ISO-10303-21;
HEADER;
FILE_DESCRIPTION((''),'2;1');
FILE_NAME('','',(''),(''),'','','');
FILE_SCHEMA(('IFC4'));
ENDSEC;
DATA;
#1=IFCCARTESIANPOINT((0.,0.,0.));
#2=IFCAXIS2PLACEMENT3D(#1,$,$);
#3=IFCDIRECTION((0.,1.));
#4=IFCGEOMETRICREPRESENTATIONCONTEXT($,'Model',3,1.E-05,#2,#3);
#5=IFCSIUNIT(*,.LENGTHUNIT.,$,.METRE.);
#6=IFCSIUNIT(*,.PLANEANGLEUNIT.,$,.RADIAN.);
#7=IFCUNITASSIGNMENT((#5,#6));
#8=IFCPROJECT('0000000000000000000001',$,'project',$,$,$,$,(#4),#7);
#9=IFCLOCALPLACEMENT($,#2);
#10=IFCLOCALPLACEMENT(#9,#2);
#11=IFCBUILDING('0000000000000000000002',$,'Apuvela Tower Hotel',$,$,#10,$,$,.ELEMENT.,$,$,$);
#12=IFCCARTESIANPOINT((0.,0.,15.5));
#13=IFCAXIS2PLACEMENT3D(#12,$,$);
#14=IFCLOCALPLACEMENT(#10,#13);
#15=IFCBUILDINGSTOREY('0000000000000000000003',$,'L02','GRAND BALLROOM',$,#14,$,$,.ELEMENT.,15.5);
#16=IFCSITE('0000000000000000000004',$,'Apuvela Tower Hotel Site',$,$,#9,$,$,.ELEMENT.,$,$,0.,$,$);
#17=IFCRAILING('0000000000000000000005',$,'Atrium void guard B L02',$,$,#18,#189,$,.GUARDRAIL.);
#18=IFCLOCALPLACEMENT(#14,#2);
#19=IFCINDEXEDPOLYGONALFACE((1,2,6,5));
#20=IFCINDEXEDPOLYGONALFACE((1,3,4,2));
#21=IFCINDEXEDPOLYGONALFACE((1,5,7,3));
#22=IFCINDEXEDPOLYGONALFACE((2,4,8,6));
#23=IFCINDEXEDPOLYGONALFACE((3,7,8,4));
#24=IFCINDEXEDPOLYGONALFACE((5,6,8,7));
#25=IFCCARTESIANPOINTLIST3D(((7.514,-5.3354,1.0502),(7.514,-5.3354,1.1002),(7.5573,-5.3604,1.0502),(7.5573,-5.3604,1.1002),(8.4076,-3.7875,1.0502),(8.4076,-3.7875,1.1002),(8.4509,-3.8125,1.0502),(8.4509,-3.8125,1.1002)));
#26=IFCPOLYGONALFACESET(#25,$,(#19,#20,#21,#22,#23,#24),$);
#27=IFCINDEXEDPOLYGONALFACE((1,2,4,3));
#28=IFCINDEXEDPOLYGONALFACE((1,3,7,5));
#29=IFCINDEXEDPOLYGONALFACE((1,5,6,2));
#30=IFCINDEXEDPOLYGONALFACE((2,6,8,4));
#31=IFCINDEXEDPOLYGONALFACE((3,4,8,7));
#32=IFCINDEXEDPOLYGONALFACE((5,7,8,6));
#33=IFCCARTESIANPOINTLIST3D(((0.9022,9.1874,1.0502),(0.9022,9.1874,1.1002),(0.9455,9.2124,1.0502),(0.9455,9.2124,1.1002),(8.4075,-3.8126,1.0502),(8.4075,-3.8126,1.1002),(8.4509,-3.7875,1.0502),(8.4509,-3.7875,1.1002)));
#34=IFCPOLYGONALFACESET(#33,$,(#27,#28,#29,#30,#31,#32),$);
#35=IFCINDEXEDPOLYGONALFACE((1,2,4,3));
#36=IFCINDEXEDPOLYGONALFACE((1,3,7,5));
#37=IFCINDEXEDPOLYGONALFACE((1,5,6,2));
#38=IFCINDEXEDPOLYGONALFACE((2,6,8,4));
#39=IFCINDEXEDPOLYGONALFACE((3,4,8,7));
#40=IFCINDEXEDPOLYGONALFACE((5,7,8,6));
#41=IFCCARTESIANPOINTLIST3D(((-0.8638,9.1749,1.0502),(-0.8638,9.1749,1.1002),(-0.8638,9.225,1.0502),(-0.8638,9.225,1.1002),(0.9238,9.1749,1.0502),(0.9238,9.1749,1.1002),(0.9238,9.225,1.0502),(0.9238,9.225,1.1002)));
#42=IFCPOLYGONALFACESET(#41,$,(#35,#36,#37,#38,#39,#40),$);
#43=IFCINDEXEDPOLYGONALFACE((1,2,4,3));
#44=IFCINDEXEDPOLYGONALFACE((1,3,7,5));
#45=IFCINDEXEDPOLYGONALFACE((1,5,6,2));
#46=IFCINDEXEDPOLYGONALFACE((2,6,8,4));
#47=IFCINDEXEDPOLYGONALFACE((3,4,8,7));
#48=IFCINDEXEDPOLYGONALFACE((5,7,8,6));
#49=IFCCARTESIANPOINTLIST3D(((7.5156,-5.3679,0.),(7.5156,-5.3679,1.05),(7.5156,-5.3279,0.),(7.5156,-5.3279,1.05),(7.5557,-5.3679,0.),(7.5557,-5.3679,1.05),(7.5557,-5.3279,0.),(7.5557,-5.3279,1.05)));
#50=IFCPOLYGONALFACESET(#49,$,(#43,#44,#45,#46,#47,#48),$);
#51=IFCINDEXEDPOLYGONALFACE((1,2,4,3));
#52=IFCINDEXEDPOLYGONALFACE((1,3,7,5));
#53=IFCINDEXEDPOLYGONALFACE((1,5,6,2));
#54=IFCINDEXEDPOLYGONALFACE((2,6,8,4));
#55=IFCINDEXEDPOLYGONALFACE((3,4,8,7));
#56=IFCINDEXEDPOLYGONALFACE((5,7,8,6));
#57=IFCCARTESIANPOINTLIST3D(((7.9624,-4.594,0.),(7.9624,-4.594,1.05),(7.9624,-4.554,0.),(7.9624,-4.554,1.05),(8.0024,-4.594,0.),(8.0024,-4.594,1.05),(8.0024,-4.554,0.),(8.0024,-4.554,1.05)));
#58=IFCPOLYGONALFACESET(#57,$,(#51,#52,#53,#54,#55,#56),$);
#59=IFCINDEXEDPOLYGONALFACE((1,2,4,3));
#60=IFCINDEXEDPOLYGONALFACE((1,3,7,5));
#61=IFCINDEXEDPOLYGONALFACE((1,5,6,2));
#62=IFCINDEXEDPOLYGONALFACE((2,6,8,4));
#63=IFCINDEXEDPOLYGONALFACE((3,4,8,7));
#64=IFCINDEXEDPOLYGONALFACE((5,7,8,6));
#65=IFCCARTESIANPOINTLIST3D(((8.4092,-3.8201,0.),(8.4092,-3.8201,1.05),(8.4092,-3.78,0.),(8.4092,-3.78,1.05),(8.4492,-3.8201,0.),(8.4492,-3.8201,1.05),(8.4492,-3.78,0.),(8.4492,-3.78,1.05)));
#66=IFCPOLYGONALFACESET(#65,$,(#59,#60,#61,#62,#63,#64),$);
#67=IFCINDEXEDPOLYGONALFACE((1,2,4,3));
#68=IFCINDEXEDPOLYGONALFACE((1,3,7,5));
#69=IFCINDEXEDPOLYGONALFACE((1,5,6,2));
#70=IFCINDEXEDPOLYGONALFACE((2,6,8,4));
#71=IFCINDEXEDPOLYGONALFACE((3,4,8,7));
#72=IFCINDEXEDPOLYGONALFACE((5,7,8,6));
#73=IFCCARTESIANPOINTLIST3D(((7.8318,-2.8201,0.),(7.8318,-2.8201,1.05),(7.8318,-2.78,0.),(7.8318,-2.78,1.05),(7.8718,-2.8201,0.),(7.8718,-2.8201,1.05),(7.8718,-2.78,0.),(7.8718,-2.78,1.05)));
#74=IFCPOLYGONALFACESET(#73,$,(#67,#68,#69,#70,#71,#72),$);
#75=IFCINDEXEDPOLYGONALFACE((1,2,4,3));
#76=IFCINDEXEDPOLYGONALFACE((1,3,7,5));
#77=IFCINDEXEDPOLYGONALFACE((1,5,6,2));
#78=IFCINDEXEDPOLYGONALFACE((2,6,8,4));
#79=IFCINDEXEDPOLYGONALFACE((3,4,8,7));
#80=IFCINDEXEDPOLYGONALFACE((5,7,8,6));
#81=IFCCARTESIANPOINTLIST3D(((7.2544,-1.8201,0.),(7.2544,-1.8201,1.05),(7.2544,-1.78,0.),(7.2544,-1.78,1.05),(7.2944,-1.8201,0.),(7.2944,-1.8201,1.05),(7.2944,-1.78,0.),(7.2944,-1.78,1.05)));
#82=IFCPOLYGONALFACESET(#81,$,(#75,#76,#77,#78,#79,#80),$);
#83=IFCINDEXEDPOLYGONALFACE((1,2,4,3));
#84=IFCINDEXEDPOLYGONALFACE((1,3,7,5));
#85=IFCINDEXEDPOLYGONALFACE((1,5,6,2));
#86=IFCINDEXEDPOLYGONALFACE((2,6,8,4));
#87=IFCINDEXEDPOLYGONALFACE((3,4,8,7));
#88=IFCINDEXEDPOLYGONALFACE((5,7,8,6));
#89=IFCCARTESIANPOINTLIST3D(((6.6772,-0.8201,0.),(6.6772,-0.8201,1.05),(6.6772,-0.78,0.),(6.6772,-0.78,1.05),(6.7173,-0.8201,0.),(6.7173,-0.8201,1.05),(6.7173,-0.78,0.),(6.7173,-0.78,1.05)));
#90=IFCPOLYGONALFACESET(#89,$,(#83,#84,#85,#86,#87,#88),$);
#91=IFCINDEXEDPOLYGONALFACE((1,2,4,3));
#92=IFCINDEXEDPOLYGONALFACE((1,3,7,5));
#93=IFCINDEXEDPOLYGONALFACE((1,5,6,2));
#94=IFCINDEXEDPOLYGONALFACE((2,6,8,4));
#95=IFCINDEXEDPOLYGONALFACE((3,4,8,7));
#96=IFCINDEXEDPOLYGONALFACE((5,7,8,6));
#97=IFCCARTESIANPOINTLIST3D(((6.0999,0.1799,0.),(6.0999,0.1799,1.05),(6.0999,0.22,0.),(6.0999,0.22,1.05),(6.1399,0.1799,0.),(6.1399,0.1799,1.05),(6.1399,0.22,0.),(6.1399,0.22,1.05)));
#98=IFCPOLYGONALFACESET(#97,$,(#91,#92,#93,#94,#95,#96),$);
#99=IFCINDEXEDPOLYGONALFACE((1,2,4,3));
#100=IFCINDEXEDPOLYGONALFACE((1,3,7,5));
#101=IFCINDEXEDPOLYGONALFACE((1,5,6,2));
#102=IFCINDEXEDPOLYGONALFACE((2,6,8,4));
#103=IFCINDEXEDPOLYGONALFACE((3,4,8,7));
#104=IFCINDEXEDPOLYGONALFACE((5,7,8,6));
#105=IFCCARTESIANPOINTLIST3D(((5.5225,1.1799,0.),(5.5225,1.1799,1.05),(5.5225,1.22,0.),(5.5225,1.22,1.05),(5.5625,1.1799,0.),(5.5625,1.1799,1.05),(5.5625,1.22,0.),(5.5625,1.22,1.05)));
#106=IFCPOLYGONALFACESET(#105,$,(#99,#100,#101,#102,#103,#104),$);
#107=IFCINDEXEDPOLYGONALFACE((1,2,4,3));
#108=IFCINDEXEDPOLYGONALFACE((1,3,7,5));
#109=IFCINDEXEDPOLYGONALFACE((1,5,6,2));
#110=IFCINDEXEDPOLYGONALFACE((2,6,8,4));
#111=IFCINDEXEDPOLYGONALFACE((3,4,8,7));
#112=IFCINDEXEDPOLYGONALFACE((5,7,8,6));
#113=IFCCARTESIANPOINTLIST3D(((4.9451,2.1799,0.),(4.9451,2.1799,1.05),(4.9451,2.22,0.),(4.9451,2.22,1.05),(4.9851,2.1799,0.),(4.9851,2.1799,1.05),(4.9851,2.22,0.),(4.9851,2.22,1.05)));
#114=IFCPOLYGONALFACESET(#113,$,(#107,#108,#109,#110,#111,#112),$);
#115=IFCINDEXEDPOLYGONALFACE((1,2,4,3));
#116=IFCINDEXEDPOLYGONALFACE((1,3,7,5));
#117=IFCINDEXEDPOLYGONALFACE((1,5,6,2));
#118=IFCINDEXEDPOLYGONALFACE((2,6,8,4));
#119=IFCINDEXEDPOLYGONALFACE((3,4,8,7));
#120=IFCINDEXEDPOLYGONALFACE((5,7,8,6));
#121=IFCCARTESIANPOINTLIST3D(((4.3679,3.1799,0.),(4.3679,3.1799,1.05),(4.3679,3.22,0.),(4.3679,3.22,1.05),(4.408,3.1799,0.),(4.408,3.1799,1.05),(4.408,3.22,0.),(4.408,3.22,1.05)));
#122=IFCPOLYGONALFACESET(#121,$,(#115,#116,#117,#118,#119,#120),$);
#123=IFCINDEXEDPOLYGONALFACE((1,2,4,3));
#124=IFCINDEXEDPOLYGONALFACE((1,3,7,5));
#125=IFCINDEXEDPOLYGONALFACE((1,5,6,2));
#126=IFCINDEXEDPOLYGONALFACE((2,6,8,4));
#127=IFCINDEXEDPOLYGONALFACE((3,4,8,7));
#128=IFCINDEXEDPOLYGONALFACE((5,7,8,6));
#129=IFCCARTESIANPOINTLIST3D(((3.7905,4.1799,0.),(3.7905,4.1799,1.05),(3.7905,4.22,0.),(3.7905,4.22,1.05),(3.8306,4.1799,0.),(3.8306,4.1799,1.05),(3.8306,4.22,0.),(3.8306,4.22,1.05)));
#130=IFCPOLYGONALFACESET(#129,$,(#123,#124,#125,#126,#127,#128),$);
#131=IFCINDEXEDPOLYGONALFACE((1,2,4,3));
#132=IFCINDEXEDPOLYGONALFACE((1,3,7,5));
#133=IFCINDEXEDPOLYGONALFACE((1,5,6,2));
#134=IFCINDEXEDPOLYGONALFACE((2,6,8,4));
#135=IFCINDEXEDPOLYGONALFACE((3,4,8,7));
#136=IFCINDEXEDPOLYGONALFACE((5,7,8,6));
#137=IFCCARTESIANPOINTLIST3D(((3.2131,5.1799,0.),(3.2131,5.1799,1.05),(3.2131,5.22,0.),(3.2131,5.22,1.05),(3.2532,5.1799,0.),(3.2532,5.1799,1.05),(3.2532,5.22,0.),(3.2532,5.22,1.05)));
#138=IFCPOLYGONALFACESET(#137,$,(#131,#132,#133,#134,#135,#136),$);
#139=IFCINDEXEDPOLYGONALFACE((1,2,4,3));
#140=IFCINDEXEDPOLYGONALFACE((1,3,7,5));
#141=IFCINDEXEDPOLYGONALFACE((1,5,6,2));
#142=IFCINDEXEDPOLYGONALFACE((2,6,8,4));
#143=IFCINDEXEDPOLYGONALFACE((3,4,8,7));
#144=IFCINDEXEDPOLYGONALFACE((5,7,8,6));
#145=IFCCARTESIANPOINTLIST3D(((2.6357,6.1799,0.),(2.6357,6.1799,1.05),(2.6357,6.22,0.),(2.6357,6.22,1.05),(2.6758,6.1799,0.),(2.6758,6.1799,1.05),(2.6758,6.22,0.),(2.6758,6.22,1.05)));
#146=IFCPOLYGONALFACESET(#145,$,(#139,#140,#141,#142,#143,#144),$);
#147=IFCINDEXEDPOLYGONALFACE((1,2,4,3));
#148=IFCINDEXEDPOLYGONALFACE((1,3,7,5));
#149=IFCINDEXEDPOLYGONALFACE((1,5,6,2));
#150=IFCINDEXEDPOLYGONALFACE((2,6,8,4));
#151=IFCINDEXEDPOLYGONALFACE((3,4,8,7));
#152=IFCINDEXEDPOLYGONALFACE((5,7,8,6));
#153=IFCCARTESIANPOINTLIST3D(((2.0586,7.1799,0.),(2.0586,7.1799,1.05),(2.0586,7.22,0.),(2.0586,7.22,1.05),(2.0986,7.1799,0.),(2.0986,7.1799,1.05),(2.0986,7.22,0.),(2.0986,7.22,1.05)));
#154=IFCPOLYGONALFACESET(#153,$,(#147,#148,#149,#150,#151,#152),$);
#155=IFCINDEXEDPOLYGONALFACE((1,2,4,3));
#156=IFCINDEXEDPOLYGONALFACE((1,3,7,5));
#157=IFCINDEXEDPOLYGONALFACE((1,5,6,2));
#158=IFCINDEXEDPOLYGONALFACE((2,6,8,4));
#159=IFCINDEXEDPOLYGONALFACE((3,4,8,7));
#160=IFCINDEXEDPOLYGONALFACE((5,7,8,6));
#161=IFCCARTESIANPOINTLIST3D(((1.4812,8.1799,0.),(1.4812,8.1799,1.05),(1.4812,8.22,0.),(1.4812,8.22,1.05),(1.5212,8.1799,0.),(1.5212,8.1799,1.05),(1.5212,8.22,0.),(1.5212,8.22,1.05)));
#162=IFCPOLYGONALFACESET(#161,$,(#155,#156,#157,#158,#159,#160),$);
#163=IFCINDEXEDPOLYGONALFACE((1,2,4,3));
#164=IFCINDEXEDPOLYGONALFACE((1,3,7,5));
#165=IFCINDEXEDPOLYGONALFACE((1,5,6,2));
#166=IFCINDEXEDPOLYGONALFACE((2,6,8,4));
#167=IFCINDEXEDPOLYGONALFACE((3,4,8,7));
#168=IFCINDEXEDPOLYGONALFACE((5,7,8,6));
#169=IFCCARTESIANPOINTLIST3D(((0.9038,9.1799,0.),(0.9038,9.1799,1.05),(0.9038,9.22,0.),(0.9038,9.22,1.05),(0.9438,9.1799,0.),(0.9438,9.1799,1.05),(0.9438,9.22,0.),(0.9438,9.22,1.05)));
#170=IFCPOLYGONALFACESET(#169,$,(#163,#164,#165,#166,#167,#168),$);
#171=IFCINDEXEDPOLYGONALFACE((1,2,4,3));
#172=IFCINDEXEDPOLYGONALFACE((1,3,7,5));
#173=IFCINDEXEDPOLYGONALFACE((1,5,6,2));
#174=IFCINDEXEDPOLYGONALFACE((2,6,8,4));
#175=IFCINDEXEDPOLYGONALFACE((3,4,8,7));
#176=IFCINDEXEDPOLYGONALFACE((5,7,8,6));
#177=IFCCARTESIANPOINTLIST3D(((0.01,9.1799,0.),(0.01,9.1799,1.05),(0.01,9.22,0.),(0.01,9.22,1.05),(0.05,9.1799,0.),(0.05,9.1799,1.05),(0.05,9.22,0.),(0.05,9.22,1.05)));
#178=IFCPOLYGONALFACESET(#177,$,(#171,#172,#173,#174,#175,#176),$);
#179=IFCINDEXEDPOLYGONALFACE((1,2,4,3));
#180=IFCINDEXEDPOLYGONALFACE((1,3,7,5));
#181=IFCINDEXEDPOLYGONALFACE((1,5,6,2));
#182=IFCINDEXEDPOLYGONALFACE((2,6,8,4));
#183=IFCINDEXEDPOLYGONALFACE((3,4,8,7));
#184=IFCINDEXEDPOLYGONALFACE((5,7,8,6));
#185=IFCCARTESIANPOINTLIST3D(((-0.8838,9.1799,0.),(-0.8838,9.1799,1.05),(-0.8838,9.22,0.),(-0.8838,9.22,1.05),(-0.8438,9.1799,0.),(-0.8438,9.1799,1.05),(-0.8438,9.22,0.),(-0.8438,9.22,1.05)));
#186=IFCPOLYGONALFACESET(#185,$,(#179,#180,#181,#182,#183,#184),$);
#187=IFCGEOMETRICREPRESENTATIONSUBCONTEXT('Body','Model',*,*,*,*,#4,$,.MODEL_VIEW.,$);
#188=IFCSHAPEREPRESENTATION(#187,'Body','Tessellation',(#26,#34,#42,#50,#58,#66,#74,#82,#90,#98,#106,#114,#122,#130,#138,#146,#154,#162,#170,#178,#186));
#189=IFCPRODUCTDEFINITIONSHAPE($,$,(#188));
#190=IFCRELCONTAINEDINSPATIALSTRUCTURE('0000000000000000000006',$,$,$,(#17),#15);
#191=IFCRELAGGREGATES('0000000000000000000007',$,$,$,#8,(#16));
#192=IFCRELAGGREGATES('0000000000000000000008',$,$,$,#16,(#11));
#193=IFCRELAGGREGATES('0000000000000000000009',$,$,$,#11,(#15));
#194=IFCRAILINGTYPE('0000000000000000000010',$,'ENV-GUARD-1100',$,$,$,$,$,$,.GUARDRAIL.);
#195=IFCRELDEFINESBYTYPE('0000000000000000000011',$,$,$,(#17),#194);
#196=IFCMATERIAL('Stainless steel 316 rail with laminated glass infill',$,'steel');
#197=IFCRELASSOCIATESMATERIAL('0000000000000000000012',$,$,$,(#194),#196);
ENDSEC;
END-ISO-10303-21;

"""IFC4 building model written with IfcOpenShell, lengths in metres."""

from ifc_helpers import new_model, si_unit, direction, frame, origin, origin_2d, place, context, subcontext, project, spatial, rectangle, extrude, material, type_object, element, save


model = new_model("IFC4")

# Units and contexts
model_context = context("Model", 3, precision=1e-05, world=origin(), true_north=direction((0.0, 1.0)))
body_context = subcontext(model_context, "Body", "Model", "MODEL_VIEW")
ifc_project = project(units=[si_unit("LENGTHUNIT", "METRE"), si_unit("PLANEANGLEUNIT", "RADIAN")], contexts=[model_context])

# Site, building, storey
site_placement = place(None, origin())
site = spatial("IfcSite", under=ifc_project, at=site_placement, Name="Apuvela Tower Hotel Site", CompositionType="ELEMENT", RefElevation=0.0)
building_placement = place(site_placement, origin())
building = spatial("IfcBuilding", under=site, at=building_placement, Name="Apuvela Tower Hotel", CompositionType="ELEMENT")
storey_placement = place(building_placement, frame((0.0, 0.0, 15.5)))
storey = spatial("IfcBuildingStorey", under=building, at=storey_placement, Name="L02", Description="GRAND BALLROOM", CompositionType="ELEMENT", Elevation=15.5)

# Railing
ifc_material_1 = material(Name="Stainless steel 316 rail with laminated glass infill", Category="steel")
railing_type = type_object("IfcRailingType", Name="ENV-GUARD-1100", PredefinedType="GUARDRAIL", material=ifc_material_1)
railing_placement = place(storey_placement, frame((7.5356, -5.3479, 0.0)))
element("IfcRailing", 1, at=railing_placement, inside=storey, type_object=railing_type, Name="Atrium void guard B L02", PredefinedType="GUARDRAIL", context=body_context, shape_type="SweptSolid", body=[
    extrude(rectangle(XDim=0.05, YDim=0.05, at=origin_2d()), frame((0.0, 0.0, 1.0752), z_axis=(0.499959, 0.866049, 0.0), x_axis=(-0.866049, 0.499959, 0.0)), (0.0, 0.0, 1.0), 1.7874),
    extrude(rectangle(XDim=0.05, YDim=0.05, at=origin_2d()), frame((0.8936, 1.5479, 1.0752), z_axis=(-0.499991, 0.866031, 0.0), x_axis=(-0.866031, -0.499991, 0.0)), (0.0, 0.0, 1.0), 15.011),
    extrude(rectangle(XDim=0.05, YDim=0.05, at=origin_2d()), frame((-6.6118, 14.5479, 1.0752), z_axis=(-1.0, 0.0, 0.0), x_axis=(0.0, -1.0, 0.0)), (0.0, 0.0, 1.0), 1.7876),
    extrude(rectangle(XDim=0.04, YDim=0.04, at=origin_2d()), origin(), (0.0, 0.0, 1.0), 1.05),
    extrude(rectangle(XDim=0.04, YDim=0.04, at=origin_2d()), frame((0.4468, 0.7739, 0.0)), (0.0, 0.0, 1.0), 1.05),
    extrude(rectangle(XDim=0.04, YDim=0.04, at=origin_2d()), frame((0.8936, 1.5479, 0.0)), (0.0, 0.0, 1.0), 1.05),
    extrude(rectangle(XDim=0.04, YDim=0.04, at=origin_2d()), frame((0.3162, 2.5479, 0.0)), (0.0, 0.0, 1.0), 1.05),
    extrude(rectangle(XDim=0.04, YDim=0.04, at=origin_2d()), frame((-0.2612, 3.5479, 0.0)), (0.0, 0.0, 1.0), 1.05),
    extrude(rectangle(XDim=0.04, YDim=0.04, at=origin_2d()), frame((-0.8384, 4.5479, 0.0)), (0.0, 0.0, 1.0), 1.05),
    extrude(rectangle(XDim=0.04, YDim=0.04, at=origin_2d()), frame((-1.4158, 5.5479, 0.0)), (0.0, 0.0, 1.0), 1.05),
    extrude(rectangle(XDim=0.04, YDim=0.04, at=origin_2d()), frame((-1.9932, 6.5479, 0.0)), (0.0, 0.0, 1.0), 1.05),
    extrude(rectangle(XDim=0.04, YDim=0.04, at=origin_2d()), frame((-2.5706, 7.5479, 0.0)), (0.0, 0.0, 1.0), 1.05),
    extrude(rectangle(XDim=0.04, YDim=0.04, at=origin_2d()), frame((-3.1477, 8.5479, 0.0)), (0.0, 0.0, 1.0), 1.05),
    extrude(rectangle(XDim=0.04, YDim=0.04, at=origin_2d()), frame((-3.7251, 9.5479, 0.0)), (0.0, 0.0, 1.0), 1.05),
    extrude(rectangle(XDim=0.04, YDim=0.04, at=origin_2d()), frame((-4.3025, 10.5479, 0.0)), (0.0, 0.0, 1.0), 1.05),
    extrude(rectangle(XDim=0.04, YDim=0.04, at=origin_2d()), frame((-4.8799, 11.5479, 0.0)), (0.0, 0.0, 1.0), 1.05),
    extrude(rectangle(XDim=0.04, YDim=0.04, at=origin_2d()), frame((-5.457, 12.5479, 0.0)), (0.0, 0.0, 1.0), 1.05),
    extrude(rectangle(XDim=0.04, YDim=0.04, at=origin_2d()), frame((-6.0344, 13.5479, 0.0)), (0.0, 0.0, 1.0), 1.05),
    extrude(rectangle(XDim=0.04, YDim=0.04, at=origin_2d()), frame((-6.6118, 14.5479, 0.0)), (0.0, 0.0, 1.0), 1.05),
    extrude(rectangle(XDim=0.04, YDim=0.04, at=origin_2d()), frame((-7.5056, 14.5479, 0.0)), (0.0, 0.0, 1.0), 1.05),
    extrude(rectangle(XDim=0.04, YDim=0.04, at=origin_2d()), frame((-8.3994, 14.5479, 0.0)), (0.0, 0.0, 1.0), 1.05),
])

save(model, "model.ifc")
